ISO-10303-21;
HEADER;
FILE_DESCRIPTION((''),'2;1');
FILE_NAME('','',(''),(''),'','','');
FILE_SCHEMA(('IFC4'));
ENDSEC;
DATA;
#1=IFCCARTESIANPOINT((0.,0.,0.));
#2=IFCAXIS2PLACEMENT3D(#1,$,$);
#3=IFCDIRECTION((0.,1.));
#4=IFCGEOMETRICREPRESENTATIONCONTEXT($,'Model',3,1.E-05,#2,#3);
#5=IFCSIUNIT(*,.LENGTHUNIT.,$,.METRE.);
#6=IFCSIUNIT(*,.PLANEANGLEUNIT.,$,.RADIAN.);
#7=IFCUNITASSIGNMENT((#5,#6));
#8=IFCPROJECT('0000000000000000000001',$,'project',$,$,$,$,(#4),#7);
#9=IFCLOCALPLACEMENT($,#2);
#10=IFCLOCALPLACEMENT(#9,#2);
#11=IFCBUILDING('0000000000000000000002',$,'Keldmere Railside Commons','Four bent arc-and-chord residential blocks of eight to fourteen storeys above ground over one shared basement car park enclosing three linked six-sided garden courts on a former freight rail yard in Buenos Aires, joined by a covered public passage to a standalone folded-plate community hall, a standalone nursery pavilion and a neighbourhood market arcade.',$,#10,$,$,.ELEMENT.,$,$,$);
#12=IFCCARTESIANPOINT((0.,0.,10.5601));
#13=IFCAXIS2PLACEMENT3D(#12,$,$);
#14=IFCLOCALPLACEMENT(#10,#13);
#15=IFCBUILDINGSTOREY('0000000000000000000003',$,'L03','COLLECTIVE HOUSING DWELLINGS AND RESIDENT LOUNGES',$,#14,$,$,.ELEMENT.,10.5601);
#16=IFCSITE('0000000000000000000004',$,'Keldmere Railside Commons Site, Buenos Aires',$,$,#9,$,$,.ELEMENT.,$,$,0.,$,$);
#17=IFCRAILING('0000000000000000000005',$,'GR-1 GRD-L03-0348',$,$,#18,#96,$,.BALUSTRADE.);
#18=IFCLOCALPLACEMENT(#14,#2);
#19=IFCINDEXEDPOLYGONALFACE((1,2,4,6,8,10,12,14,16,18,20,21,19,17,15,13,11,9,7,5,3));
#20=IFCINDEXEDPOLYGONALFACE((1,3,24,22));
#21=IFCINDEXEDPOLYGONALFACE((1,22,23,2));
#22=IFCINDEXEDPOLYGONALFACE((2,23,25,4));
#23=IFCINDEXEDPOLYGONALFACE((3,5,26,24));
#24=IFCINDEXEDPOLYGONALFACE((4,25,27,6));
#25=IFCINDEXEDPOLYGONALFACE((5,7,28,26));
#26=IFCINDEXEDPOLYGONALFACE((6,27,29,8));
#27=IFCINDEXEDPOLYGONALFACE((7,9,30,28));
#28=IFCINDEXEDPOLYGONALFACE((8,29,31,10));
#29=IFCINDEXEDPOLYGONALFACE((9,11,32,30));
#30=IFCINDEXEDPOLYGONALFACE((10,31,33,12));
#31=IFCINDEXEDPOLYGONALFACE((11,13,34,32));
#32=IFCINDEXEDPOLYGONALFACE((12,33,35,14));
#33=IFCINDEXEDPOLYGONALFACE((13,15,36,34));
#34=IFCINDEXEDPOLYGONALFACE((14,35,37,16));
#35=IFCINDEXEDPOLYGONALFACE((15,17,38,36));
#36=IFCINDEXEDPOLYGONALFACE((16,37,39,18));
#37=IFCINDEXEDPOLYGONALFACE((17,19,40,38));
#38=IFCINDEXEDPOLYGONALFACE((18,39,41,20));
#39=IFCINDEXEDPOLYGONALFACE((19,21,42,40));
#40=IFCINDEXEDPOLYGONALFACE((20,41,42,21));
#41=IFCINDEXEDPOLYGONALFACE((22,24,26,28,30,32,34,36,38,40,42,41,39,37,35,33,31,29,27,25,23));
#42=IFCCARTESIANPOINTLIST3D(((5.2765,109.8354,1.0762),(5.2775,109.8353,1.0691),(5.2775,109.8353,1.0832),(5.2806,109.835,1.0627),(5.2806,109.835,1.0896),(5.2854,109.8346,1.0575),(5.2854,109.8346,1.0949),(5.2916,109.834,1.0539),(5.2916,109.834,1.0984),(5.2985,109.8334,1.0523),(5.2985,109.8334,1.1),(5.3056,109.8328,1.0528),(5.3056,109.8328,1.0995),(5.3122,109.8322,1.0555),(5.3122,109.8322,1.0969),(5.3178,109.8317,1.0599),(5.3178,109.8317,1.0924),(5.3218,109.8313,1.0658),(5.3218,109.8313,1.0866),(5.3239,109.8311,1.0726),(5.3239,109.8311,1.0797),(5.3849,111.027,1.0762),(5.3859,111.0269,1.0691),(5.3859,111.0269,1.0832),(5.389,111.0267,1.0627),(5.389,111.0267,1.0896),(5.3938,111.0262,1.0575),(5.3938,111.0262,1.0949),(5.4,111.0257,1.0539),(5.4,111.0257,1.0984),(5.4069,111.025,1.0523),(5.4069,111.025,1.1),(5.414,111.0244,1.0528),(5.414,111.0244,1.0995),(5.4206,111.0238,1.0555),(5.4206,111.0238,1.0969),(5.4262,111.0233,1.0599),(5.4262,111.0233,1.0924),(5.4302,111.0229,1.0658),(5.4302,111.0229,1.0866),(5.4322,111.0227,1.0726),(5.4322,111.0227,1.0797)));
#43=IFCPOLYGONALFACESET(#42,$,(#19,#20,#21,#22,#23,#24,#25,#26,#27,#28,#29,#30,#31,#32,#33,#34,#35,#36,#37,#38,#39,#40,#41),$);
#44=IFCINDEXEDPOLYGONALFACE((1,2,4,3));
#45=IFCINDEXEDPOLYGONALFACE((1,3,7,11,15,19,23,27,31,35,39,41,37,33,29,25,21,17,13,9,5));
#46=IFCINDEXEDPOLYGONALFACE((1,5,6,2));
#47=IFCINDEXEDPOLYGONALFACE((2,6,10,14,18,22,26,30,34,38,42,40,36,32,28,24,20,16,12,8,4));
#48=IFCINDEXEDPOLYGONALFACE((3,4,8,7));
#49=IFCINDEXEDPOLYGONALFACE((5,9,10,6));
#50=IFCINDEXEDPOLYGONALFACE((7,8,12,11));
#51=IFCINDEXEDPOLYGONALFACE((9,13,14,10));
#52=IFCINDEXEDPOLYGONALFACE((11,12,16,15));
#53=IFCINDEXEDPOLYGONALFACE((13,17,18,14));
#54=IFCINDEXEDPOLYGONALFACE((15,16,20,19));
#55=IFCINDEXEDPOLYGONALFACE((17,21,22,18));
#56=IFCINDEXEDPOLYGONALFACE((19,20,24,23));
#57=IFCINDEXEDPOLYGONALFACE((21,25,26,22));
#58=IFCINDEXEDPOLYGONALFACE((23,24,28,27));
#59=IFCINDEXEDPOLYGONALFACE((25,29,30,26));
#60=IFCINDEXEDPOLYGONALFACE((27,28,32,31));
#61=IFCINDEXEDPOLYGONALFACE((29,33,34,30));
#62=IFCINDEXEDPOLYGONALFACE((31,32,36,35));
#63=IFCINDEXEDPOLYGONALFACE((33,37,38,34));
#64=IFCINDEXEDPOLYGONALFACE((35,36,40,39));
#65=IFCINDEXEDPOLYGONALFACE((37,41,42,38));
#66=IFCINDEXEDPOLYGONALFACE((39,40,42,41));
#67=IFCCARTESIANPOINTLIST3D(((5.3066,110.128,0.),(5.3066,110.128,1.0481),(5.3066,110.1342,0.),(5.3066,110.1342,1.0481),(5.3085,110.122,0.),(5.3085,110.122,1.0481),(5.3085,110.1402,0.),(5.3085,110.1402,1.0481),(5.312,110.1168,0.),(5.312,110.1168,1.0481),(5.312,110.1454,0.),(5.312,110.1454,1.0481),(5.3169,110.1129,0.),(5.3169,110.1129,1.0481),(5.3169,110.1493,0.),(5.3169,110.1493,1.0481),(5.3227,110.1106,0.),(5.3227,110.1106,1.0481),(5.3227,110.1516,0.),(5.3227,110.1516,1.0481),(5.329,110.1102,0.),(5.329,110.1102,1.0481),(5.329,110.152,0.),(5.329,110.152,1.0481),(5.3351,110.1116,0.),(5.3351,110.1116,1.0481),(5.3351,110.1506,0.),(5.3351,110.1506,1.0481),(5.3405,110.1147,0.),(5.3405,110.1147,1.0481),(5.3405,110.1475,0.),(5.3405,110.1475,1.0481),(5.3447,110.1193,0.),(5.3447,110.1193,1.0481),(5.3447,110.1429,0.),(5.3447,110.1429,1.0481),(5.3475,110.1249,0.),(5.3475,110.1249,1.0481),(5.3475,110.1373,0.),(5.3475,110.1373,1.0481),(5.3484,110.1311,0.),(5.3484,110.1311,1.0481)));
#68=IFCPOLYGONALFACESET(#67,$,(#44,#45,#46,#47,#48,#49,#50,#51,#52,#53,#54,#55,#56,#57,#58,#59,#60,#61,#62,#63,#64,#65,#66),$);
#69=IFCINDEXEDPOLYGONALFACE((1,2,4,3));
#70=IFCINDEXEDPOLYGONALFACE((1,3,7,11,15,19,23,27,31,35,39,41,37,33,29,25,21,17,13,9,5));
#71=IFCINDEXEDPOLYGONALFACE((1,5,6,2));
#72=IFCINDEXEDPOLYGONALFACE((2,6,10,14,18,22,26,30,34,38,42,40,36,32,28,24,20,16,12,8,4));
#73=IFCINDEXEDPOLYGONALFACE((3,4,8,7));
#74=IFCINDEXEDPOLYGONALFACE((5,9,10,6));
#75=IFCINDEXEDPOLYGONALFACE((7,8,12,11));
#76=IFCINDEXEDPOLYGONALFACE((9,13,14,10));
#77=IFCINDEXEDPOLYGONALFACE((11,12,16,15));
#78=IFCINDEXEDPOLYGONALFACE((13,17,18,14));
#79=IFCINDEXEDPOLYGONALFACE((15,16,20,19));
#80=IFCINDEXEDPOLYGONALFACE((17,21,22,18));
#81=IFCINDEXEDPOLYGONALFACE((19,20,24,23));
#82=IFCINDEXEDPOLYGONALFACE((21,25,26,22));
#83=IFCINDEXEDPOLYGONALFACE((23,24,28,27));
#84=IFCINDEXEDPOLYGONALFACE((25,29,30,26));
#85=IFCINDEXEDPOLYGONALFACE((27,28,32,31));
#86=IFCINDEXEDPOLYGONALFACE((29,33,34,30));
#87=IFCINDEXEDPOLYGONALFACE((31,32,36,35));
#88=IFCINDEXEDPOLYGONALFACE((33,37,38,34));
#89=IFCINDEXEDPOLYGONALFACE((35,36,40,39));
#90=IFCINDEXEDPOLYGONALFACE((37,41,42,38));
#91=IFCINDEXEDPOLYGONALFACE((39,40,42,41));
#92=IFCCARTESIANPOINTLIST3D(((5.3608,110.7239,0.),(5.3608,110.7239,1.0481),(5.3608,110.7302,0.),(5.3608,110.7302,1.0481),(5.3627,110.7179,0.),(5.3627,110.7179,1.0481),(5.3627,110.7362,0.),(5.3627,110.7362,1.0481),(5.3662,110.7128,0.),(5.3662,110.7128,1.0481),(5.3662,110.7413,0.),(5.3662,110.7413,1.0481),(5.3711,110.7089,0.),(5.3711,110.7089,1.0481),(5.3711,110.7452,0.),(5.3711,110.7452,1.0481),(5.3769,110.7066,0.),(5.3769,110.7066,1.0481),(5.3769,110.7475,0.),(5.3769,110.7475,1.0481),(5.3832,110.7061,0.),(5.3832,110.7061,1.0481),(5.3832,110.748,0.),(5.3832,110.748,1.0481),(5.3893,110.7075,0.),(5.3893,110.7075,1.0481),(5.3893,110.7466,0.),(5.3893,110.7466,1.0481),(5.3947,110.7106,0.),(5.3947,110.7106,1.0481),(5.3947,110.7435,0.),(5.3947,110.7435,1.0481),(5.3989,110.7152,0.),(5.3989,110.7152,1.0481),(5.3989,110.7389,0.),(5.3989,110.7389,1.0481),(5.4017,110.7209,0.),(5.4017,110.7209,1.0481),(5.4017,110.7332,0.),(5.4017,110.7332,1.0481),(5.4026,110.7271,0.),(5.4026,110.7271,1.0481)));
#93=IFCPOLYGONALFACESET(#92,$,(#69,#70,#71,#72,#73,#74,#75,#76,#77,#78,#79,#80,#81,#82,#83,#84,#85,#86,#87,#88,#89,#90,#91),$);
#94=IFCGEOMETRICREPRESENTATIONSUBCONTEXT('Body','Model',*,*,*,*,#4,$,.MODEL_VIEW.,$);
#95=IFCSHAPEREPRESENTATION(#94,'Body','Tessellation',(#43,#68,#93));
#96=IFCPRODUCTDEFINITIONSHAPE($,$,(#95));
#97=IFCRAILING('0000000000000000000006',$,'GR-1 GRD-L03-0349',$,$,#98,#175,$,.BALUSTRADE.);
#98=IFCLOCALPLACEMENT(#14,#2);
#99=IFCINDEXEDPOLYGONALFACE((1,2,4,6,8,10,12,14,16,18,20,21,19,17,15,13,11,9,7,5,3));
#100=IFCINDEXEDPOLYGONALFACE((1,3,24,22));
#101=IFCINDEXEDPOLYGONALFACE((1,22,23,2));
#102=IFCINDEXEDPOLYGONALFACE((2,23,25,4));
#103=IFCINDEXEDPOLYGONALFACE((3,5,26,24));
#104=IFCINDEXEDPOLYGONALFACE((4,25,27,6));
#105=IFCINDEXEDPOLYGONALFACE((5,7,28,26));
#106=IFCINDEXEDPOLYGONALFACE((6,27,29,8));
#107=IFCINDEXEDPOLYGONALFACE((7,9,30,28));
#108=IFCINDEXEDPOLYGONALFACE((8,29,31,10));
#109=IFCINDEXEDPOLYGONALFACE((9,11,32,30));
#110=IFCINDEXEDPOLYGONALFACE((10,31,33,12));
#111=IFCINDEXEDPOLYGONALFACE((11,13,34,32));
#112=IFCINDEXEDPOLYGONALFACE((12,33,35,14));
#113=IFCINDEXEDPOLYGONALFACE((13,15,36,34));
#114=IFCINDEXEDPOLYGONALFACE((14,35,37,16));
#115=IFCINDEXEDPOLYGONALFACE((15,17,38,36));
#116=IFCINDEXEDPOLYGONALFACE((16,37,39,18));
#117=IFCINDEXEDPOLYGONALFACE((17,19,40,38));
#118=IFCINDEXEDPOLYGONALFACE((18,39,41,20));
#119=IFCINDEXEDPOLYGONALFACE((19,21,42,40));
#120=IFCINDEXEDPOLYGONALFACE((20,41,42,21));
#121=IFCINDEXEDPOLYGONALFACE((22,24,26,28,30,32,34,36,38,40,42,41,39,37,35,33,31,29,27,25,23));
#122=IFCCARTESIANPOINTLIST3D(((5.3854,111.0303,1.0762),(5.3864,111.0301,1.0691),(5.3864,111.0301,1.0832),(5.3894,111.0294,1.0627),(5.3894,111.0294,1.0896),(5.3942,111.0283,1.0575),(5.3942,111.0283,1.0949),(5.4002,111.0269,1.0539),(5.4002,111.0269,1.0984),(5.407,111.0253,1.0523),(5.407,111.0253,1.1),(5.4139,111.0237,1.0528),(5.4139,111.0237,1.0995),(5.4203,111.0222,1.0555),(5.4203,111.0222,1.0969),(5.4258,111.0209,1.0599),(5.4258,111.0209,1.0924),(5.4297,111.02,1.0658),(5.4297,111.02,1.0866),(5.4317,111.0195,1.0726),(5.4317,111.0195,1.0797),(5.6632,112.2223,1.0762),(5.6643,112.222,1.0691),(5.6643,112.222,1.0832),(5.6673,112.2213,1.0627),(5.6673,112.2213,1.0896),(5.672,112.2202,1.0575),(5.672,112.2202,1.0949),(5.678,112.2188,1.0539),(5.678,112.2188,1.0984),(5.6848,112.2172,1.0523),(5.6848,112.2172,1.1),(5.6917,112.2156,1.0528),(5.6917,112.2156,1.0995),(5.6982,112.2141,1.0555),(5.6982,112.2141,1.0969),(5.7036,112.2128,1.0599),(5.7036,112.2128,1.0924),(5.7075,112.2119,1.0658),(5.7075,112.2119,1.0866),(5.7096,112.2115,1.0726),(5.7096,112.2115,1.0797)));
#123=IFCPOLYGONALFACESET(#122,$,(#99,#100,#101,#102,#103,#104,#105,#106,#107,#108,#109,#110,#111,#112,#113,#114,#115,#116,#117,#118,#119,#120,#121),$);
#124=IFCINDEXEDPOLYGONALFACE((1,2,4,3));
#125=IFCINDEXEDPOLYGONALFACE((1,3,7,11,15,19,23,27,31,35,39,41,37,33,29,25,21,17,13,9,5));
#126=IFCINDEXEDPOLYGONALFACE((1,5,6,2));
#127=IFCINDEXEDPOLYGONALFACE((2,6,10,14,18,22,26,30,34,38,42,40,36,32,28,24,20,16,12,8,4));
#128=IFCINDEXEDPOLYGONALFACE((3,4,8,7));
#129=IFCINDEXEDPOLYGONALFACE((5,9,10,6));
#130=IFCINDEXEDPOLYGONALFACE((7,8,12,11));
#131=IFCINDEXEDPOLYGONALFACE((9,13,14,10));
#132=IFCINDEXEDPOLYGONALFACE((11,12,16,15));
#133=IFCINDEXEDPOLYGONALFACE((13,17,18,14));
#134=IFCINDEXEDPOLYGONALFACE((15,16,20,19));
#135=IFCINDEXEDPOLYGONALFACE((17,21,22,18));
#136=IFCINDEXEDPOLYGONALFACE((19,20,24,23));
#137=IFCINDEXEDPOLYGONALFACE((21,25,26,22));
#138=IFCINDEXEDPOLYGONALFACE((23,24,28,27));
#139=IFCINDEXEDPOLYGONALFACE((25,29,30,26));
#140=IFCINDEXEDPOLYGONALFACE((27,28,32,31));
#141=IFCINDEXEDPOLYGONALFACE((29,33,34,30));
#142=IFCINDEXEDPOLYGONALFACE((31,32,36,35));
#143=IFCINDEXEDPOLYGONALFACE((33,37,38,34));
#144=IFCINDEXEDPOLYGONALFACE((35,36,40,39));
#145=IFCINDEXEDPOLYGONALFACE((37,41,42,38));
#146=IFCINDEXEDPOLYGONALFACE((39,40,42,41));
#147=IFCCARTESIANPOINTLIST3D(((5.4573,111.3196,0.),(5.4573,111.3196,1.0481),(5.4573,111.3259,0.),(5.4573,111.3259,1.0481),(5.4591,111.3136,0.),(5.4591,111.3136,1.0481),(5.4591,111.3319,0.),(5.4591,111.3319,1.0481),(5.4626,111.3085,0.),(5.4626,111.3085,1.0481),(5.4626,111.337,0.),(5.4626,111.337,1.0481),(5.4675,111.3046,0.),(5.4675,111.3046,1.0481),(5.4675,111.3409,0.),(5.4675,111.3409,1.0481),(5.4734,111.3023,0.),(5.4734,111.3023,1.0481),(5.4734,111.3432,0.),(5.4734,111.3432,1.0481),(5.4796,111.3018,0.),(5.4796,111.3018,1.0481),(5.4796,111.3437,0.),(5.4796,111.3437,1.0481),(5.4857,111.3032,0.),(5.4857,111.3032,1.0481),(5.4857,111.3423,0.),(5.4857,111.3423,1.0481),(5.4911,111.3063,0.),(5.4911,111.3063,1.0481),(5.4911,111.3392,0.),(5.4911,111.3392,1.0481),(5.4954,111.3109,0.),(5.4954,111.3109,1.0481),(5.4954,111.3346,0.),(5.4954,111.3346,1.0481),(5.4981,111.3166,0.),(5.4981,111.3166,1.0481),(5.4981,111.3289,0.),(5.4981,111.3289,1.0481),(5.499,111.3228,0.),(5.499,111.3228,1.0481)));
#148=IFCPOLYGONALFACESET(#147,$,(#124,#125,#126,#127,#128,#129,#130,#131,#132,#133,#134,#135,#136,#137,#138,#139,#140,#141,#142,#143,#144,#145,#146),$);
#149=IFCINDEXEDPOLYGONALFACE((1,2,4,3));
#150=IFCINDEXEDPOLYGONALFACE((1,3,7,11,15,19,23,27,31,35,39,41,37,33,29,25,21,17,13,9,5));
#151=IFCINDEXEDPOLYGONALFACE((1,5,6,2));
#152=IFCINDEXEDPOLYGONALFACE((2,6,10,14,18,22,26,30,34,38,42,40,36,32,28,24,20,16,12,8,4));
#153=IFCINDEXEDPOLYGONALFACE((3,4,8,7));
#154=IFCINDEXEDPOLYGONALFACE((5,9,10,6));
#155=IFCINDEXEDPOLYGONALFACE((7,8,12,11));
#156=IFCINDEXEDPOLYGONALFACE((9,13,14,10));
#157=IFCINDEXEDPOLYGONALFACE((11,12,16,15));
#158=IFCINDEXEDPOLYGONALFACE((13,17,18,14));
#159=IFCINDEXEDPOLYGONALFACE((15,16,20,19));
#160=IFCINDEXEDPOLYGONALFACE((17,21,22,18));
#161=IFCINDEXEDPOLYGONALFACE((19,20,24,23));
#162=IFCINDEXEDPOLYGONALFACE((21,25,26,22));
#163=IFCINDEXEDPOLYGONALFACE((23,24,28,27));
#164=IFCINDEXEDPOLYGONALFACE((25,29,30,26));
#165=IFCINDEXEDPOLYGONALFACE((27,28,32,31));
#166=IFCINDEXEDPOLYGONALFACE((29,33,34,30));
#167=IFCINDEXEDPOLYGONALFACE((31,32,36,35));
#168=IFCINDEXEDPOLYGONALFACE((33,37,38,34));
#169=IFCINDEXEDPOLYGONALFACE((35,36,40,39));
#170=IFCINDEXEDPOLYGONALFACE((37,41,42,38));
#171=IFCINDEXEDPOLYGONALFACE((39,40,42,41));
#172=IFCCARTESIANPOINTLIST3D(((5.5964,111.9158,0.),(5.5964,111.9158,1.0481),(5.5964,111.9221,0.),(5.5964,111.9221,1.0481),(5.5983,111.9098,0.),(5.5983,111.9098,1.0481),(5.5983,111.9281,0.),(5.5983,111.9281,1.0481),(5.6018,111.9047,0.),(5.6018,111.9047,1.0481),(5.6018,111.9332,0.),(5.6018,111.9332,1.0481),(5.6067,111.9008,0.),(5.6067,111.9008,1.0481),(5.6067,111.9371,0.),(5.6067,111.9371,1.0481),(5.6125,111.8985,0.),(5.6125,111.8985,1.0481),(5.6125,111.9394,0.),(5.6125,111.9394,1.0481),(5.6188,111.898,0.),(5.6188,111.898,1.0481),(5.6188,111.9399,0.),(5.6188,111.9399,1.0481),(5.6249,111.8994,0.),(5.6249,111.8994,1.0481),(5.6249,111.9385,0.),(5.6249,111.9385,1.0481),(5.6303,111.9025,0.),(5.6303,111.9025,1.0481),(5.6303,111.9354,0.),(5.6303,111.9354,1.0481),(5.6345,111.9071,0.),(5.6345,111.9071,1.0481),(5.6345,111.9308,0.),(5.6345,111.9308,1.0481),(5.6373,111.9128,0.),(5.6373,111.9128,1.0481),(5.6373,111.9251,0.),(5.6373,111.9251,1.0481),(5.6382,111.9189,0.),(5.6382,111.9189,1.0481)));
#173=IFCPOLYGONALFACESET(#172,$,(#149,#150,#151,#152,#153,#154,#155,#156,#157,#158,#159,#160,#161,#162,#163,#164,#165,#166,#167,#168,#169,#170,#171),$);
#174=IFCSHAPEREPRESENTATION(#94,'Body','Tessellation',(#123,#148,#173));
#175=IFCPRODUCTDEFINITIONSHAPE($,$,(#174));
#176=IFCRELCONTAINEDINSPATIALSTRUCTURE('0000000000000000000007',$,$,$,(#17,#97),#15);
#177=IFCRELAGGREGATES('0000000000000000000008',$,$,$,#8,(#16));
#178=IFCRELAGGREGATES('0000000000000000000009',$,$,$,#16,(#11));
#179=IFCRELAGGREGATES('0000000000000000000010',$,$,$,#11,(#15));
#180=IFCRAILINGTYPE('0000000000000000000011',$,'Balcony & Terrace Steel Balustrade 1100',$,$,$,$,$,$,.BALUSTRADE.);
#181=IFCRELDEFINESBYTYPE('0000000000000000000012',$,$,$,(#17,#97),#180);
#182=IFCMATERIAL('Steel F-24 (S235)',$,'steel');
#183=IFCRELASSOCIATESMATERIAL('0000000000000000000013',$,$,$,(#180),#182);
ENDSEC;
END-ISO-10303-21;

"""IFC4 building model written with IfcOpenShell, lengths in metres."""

from ifc_helpers import new_model, si_unit, direction, frame, origin, origin_2d, place, context, subcontext, project, spatial, circle, extrude, material, type_object, element, save


model = new_model("IFC4")

# Units and contexts
model_context = context("Model", 3, precision=1e-05, world=origin(), true_north=direction((0.0, 1.0)))
body_context = subcontext(model_context, "Body", "Model", "MODEL_VIEW")
ifc_project = project(units=[si_unit("LENGTHUNIT", "METRE"), si_unit("PLANEANGLEUNIT", "RADIAN")], contexts=[model_context])

# Site, building, storey
site_placement = place(None, origin())
site = spatial("IfcSite", under=ifc_project, at=site_placement, Name="Keldmere Railside Commons Site, Buenos Aires", CompositionType="ELEMENT", RefElevation=0.0)
building_placement = place(site_placement, origin())
building = spatial("IfcBuilding", under=site, at=building_placement, Name="Keldmere Railside Commons", Description="Four bent arc-and-chord residential blocks of eight to fourteen storeys above ground over one shared basement car park enclosing three linked six-sided garden courts on a former freight rail yard in Buenos Aires, joined by a covered public passage to a standalone folded-plate community hall, a standalone nursery pavilion and a neighbourhood market arcade.", CompositionType="ELEMENT")
storey_placement = place(building_placement, frame((0.0, 0.0, 10.5601)))
storey = spatial("IfcBuildingStorey", under=building, at=storey_placement, Name="L03", Description="COLLECTIVE HOUSING DWELLINGS AND RESIDENT LOUNGES", CompositionType="ELEMENT", Elevation=10.5601)

# Railings
ifc_material_1 = material(Name="Steel F-24 (S235)", Category="steel")
railing_type = type_object("IfcRailingType", Name="Balcony & Terrace Steel Balustrade 1100", PredefinedType="BALUSTRADE", material=ifc_material_1)
railing_1_placement = place(storey_placement, frame((5.3003, 109.8333, 0.0)))
element("IfcRailing", 1, at=railing_1_placement, inside=storey, type_object=railing_type, Name="GR-1 GRD-L03-0348", PredefinedType="BALUSTRADE", context=body_context, shape_type="SweptSolid", body=[
    extrude(circle(Radius=0.0239, at=origin_2d()), frame((0.0, 0.0, 1.0762), z_axis=(0.090591, 0.995888, 0.0), x_axis=(-0.995888, 0.090591, 0.0)), (0.0, 0.0, 1.0), 1.1965),
    extrude(circle(Radius=0.021, at=origin_2d()), frame((0.0271, 0.2979, 0.0)), (0.0, 0.0, 1.0), 1.0481),
    extrude(circle(Radius=0.021, at=origin_2d()), frame((0.0813, 0.8938, 0.0)), (0.0, 0.0, 1.0), 1.0481),
])
railing_2_placement = place(storey_placement, frame((5.4087, 111.0249, 0.0)))
element("IfcRailing", 2, at=railing_2_placement, inside=storey, type_object=railing_type, Name="GR-1 GRD-L03-0349", PredefinedType="BALUSTRADE", context=body_context, shape_type="SweptSolid", body=[
    extrude(circle(Radius=0.0239, at=origin_2d()), frame((0.0, 0.0, 1.0762), z_axis=(0.227015, 0.973891, 0.0), x_axis=(-0.973891, 0.227015, 0.0)), (0.0, 0.0, 1.0), 1.2239),
    extrude(circle(Radius=0.021, at=origin_2d()), frame((0.0693, 0.2979, 0.0)), (0.0, 0.0, 1.0), 1.0481),
    extrude(circle(Radius=0.021, at=origin_2d()), frame((0.2085, 0.894, 0.0)), (0.0, 0.0, 1.0), 1.0481),
])

save(model, "model.ifc")
